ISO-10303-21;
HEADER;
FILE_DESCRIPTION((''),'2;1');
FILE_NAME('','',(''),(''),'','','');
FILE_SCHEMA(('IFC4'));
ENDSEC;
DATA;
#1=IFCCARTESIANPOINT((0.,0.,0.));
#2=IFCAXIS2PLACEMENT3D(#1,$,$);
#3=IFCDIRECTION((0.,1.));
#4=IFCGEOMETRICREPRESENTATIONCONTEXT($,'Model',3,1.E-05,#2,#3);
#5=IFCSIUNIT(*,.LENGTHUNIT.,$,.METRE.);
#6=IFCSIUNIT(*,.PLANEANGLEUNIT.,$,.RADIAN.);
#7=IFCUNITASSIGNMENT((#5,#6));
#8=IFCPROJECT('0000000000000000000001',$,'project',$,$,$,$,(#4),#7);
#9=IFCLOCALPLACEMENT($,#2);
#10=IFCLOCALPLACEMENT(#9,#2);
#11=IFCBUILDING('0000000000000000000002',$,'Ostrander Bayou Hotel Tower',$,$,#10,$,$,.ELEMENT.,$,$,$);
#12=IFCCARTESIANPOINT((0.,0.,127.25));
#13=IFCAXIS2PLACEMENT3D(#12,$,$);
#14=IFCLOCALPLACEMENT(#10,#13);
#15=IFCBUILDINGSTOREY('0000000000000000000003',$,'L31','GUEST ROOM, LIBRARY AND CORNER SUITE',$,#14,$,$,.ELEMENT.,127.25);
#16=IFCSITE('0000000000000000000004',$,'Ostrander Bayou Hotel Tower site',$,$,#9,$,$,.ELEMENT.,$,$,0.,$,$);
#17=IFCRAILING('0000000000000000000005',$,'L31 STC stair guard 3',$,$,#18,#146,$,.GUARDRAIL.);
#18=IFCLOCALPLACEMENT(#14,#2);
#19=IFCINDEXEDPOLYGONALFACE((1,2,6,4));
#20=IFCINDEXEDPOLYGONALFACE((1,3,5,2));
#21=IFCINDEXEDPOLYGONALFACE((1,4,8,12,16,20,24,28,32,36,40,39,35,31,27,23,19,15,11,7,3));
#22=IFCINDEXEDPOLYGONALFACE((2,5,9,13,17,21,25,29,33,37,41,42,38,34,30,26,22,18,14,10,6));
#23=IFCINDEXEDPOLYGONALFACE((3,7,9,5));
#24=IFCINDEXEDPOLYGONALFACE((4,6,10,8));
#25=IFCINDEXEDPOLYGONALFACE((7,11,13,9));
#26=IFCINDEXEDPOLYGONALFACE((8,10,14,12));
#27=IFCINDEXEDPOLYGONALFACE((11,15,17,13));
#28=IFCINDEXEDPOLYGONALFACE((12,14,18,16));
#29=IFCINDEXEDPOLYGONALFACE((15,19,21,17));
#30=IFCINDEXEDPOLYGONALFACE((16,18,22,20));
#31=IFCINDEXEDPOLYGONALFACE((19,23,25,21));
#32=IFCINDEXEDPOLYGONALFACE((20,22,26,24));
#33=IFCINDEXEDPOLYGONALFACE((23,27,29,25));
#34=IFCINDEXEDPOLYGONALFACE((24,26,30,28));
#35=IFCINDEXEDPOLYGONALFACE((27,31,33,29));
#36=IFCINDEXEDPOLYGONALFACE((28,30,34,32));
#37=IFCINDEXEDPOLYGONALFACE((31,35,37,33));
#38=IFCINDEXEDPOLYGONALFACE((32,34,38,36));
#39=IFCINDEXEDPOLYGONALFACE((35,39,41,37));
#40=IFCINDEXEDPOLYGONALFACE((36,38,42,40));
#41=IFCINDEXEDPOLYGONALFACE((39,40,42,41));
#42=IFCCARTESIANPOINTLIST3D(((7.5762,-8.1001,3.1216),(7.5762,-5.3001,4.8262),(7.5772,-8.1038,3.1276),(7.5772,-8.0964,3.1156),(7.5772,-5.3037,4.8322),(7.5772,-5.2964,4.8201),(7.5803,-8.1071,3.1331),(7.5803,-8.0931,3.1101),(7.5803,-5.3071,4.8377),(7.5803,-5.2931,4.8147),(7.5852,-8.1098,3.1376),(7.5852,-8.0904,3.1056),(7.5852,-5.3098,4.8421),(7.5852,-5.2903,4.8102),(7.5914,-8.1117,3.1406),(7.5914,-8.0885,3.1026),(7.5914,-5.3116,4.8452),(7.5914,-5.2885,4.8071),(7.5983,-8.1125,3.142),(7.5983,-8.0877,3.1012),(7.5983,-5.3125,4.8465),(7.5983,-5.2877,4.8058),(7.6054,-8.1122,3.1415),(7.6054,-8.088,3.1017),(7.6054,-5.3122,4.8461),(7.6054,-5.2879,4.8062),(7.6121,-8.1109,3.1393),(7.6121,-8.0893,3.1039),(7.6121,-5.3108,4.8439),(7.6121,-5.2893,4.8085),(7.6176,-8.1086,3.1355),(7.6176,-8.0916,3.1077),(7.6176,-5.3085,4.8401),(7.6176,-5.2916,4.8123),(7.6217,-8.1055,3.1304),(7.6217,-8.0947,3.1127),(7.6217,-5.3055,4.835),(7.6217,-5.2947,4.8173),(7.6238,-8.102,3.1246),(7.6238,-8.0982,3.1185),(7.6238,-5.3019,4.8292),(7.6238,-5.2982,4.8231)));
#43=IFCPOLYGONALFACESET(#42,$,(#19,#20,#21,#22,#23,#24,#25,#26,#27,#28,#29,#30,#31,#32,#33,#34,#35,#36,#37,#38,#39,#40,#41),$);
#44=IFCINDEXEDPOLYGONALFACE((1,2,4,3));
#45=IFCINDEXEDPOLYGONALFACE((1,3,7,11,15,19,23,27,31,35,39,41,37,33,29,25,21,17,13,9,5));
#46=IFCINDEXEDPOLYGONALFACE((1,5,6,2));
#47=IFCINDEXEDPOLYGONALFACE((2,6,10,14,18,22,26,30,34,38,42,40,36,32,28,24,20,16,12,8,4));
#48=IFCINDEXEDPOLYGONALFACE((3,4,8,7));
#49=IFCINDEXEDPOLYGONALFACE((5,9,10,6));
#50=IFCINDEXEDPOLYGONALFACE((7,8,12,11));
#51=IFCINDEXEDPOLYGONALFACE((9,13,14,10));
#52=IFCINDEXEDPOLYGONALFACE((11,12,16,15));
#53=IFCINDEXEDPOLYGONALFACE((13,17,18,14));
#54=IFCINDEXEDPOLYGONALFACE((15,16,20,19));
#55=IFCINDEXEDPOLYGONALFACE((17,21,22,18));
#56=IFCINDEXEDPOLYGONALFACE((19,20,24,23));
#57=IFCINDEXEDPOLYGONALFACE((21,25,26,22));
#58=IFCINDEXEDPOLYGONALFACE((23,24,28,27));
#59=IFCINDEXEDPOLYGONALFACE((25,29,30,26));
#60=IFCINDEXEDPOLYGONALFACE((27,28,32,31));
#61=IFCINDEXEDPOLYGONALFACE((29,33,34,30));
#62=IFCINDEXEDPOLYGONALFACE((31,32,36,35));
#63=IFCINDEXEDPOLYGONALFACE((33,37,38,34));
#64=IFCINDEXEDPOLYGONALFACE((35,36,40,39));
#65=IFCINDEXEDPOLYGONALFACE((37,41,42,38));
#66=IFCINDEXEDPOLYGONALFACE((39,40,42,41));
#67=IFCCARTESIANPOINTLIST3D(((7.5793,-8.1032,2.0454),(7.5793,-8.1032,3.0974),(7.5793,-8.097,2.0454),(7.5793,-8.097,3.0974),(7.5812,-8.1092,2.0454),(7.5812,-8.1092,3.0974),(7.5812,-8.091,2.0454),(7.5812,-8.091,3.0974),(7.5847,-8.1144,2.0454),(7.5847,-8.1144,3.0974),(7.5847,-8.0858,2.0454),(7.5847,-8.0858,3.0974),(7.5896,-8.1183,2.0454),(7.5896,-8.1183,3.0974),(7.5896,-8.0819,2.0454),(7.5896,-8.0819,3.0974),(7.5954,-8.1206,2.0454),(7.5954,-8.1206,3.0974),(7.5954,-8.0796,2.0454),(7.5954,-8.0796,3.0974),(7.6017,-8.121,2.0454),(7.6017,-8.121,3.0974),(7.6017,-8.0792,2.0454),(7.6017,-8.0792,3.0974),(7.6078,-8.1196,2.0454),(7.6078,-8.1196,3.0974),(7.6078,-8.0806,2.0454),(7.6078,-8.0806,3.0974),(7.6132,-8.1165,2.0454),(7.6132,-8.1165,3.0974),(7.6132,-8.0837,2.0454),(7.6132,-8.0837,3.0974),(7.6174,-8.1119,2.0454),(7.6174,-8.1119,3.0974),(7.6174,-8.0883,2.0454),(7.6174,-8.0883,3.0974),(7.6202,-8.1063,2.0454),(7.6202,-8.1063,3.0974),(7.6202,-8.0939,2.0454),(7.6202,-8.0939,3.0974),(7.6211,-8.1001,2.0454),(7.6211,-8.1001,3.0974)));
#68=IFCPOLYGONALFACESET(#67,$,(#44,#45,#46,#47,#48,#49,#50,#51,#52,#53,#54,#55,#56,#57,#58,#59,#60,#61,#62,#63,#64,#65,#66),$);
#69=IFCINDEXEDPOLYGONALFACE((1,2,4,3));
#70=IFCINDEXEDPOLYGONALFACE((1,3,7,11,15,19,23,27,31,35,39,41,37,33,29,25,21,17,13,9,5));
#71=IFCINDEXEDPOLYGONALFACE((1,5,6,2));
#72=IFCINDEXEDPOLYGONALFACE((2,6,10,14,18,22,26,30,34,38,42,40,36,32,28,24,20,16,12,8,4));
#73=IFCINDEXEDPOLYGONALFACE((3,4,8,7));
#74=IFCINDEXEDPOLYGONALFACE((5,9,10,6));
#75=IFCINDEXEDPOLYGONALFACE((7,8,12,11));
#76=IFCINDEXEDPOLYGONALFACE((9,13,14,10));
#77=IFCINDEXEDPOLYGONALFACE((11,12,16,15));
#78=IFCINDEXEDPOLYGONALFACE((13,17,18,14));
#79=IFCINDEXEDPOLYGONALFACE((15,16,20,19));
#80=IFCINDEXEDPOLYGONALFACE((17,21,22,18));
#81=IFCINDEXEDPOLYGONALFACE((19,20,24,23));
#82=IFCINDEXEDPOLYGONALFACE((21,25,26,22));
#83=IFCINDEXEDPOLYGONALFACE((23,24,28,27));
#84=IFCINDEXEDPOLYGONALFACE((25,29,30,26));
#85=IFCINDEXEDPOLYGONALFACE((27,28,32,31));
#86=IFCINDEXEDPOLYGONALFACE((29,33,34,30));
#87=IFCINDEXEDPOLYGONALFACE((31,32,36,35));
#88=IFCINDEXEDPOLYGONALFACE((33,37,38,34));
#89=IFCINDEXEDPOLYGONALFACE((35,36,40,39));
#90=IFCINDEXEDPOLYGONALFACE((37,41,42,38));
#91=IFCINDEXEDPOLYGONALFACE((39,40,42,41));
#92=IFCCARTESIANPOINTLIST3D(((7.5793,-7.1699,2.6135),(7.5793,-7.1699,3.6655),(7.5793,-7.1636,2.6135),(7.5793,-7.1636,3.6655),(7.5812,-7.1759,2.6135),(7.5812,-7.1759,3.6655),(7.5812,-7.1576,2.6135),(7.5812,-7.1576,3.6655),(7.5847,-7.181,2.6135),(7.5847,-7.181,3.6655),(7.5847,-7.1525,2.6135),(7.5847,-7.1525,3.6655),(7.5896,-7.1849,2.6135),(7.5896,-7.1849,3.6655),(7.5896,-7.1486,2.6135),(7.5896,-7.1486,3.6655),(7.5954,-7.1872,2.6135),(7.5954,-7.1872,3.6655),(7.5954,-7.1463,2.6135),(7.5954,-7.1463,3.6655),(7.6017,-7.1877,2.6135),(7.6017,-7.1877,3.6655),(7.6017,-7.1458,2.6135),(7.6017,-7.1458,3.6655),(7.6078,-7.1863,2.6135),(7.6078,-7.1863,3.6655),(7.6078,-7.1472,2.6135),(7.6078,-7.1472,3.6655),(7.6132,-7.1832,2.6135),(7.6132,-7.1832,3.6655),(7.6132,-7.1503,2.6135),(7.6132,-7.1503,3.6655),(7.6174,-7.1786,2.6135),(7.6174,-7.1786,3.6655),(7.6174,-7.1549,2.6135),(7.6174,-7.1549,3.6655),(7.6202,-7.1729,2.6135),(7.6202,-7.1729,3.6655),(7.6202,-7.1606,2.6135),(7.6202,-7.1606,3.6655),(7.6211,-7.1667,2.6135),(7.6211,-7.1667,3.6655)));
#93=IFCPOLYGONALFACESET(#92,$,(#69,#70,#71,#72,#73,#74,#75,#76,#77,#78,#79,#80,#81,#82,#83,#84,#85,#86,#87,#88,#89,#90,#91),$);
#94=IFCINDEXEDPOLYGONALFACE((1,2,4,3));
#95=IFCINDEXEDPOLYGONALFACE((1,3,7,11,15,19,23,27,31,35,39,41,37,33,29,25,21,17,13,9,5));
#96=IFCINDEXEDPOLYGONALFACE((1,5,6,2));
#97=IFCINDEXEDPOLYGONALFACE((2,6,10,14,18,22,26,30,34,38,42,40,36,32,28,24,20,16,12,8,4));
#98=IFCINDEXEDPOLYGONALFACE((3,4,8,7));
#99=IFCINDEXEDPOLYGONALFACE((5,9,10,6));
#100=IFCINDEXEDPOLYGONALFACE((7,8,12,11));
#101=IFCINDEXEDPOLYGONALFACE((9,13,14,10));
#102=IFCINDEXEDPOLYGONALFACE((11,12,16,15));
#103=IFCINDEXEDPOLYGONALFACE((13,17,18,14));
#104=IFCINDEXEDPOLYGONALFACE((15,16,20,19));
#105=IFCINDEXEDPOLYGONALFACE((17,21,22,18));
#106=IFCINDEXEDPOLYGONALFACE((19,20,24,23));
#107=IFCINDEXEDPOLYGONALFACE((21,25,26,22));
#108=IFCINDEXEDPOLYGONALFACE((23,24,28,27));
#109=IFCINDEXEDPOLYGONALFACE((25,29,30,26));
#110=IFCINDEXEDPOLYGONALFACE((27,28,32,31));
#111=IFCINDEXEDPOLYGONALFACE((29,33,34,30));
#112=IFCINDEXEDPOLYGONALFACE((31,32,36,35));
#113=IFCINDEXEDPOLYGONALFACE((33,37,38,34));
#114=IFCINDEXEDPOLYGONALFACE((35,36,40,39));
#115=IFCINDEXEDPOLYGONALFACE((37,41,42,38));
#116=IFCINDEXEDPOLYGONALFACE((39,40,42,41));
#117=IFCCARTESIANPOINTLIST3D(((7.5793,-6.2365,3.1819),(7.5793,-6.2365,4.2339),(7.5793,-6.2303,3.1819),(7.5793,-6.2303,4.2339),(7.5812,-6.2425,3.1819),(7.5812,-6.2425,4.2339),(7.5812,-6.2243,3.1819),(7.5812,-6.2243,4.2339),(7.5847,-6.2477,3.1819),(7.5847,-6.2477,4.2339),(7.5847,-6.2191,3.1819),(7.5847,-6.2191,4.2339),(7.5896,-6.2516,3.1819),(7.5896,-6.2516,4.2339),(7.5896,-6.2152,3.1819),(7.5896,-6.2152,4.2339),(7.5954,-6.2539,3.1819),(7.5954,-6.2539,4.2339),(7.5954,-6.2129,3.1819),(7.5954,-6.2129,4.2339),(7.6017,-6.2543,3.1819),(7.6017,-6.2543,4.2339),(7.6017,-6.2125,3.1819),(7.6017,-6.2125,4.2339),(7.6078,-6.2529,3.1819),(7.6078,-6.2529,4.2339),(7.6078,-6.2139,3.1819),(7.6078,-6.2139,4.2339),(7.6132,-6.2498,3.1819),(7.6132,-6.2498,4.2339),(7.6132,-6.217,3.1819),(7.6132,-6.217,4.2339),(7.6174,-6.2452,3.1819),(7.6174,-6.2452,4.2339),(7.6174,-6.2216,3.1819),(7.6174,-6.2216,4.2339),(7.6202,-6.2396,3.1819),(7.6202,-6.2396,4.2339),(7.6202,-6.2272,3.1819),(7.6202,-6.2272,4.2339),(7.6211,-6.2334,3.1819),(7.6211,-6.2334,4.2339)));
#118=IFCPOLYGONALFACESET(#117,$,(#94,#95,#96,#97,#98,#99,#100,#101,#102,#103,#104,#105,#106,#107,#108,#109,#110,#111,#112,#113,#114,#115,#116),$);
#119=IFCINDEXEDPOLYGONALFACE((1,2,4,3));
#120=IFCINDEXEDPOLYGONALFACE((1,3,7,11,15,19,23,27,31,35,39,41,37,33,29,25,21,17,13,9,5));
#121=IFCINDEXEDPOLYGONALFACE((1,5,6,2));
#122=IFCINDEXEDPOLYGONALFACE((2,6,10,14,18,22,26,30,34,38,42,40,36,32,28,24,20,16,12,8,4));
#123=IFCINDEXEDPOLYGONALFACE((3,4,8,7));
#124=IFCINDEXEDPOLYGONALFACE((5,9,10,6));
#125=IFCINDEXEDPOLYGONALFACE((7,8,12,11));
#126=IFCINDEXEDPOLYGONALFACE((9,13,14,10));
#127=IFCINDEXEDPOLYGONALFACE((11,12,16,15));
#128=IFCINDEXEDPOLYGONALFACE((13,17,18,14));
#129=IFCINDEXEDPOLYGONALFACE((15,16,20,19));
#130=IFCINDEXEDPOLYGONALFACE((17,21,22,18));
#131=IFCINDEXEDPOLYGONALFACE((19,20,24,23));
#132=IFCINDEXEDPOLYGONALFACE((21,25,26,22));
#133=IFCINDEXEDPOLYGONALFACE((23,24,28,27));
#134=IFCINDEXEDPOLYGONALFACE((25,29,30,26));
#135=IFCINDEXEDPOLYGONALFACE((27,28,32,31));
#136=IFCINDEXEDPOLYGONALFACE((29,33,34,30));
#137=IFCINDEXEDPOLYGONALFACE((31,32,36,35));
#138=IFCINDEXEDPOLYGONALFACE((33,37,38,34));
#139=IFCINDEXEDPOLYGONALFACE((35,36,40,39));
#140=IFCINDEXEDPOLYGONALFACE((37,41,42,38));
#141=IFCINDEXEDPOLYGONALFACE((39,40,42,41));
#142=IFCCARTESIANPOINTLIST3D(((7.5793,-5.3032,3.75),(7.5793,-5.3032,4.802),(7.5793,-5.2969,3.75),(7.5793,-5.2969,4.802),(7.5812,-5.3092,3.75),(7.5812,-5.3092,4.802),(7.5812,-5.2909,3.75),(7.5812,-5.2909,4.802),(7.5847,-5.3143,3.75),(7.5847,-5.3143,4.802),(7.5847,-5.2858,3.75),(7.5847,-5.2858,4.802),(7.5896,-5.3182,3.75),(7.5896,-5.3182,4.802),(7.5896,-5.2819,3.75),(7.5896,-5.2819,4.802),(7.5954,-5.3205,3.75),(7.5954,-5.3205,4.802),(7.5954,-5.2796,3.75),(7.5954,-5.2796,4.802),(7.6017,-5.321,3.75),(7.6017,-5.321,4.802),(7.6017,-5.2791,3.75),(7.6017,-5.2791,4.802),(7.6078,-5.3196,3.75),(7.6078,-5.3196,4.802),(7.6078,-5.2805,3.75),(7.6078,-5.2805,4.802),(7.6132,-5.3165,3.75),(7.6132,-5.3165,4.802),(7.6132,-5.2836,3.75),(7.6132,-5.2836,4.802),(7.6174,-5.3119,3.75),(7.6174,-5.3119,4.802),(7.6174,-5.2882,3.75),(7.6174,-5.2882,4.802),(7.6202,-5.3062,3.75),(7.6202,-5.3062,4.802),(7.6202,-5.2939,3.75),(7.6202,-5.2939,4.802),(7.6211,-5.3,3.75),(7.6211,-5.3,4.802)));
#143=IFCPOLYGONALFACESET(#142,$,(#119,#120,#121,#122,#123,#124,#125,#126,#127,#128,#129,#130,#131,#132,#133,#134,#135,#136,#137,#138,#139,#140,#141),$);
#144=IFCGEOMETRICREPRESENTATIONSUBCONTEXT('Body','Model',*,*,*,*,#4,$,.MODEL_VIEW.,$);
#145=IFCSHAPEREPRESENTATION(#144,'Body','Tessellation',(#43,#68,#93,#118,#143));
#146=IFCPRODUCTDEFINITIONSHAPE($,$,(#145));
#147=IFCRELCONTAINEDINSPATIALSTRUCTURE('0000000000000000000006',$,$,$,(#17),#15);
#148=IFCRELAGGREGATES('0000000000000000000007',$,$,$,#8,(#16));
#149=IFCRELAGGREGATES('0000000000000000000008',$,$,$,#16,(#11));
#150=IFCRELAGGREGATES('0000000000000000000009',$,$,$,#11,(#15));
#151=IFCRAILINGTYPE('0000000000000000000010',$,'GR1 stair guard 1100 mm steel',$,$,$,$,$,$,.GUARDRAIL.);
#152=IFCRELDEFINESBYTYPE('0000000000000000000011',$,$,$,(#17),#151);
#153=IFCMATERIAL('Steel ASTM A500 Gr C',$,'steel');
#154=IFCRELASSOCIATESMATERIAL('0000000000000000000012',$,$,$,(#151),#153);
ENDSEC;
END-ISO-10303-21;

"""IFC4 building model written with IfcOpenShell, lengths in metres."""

from ifc_helpers import new_model, si_unit, direction, frame, origin, origin_2d, place, context, subcontext, project, spatial, circle, extrude, material, type_object, element, save


model = new_model("IFC4")

# Units and contexts
model_context = context("Model", 3, precision=1e-05, world=origin(), true_north=direction((0.0, 1.0)))
body_context = subcontext(model_context, "Body", "Model", "MODEL_VIEW")
ifc_project = project(units=[si_unit("LENGTHUNIT", "METRE"), si_unit("PLANEANGLEUNIT", "RADIAN")], contexts=[model_context])

# Site, building, storey
site_placement = place(None, origin())
site = spatial("IfcSite", under=ifc_project, at=site_placement, Name="Ostrander Bayou Hotel Tower site", CompositionType="ELEMENT", RefElevation=0.0)
building_placement = place(site_placement, origin())
building = spatial("IfcBuilding", under=site, at=building_placement, Name="Ostrander Bayou Hotel Tower", CompositionType="ELEMENT")
storey_placement = place(building_placement, frame((0.0, 0.0, 127.25)))
storey = spatial("IfcBuildingStorey", under=building, at=storey_placement, Name="L31", Description="GUEST ROOM, LIBRARY AND CORNER SUITE", CompositionType="ELEMENT", Elevation=127.25)

# Railing
ifc_material_1 = material(Name="Steel ASTM A500 Gr C", Category="steel")
railing_type = type_object("IfcRailingType", Name="GR1 stair guard 1100 mm steel", PredefinedType="GUARDRAIL", material=ifc_material_1)
railing_1_placement = place(storey_placement, frame((7.6001, -8.1001, 2.0454)))
element("IfcRailing", 1, at=railing_1_placement, inside=storey, type_object=railing_type, Name="L31 STC stair guard 3", PredefinedType="GUARDRAIL", context=body_context, shape_type="SweptSolid", body=[
    extrude(circle(Radius=0.0239, at=origin_2d()), frame((0.0, 0.0, 1.0762), z_axis=(0.0, 0.85417, 0.519994), x_axis=(-1.0, 0.0, 0.0)), (0.0, 0.0, 1.0), 3.2781),
    extrude(circle(Radius=0.021, at=origin_2d()), origin(), (0.0, 0.0, 1.0), 1.052),
    extrude(circle(Radius=0.021, at=origin_2d()), frame((0.0, 0.9333, 0.5681)), (0.0, 0.0, 1.0), 1.052),
    extrude(circle(Radius=0.021, at=origin_2d()), frame((0.0, 1.8667, 1.1365)), (0.0, 0.0, 1.0), 1.052),
    extrude(circle(Radius=0.021, at=origin_2d()), frame((0.0, 2.8, 1.7046)), (0.0, 0.0, 1.0), 1.052),
])

save(model, "model.ifc")
